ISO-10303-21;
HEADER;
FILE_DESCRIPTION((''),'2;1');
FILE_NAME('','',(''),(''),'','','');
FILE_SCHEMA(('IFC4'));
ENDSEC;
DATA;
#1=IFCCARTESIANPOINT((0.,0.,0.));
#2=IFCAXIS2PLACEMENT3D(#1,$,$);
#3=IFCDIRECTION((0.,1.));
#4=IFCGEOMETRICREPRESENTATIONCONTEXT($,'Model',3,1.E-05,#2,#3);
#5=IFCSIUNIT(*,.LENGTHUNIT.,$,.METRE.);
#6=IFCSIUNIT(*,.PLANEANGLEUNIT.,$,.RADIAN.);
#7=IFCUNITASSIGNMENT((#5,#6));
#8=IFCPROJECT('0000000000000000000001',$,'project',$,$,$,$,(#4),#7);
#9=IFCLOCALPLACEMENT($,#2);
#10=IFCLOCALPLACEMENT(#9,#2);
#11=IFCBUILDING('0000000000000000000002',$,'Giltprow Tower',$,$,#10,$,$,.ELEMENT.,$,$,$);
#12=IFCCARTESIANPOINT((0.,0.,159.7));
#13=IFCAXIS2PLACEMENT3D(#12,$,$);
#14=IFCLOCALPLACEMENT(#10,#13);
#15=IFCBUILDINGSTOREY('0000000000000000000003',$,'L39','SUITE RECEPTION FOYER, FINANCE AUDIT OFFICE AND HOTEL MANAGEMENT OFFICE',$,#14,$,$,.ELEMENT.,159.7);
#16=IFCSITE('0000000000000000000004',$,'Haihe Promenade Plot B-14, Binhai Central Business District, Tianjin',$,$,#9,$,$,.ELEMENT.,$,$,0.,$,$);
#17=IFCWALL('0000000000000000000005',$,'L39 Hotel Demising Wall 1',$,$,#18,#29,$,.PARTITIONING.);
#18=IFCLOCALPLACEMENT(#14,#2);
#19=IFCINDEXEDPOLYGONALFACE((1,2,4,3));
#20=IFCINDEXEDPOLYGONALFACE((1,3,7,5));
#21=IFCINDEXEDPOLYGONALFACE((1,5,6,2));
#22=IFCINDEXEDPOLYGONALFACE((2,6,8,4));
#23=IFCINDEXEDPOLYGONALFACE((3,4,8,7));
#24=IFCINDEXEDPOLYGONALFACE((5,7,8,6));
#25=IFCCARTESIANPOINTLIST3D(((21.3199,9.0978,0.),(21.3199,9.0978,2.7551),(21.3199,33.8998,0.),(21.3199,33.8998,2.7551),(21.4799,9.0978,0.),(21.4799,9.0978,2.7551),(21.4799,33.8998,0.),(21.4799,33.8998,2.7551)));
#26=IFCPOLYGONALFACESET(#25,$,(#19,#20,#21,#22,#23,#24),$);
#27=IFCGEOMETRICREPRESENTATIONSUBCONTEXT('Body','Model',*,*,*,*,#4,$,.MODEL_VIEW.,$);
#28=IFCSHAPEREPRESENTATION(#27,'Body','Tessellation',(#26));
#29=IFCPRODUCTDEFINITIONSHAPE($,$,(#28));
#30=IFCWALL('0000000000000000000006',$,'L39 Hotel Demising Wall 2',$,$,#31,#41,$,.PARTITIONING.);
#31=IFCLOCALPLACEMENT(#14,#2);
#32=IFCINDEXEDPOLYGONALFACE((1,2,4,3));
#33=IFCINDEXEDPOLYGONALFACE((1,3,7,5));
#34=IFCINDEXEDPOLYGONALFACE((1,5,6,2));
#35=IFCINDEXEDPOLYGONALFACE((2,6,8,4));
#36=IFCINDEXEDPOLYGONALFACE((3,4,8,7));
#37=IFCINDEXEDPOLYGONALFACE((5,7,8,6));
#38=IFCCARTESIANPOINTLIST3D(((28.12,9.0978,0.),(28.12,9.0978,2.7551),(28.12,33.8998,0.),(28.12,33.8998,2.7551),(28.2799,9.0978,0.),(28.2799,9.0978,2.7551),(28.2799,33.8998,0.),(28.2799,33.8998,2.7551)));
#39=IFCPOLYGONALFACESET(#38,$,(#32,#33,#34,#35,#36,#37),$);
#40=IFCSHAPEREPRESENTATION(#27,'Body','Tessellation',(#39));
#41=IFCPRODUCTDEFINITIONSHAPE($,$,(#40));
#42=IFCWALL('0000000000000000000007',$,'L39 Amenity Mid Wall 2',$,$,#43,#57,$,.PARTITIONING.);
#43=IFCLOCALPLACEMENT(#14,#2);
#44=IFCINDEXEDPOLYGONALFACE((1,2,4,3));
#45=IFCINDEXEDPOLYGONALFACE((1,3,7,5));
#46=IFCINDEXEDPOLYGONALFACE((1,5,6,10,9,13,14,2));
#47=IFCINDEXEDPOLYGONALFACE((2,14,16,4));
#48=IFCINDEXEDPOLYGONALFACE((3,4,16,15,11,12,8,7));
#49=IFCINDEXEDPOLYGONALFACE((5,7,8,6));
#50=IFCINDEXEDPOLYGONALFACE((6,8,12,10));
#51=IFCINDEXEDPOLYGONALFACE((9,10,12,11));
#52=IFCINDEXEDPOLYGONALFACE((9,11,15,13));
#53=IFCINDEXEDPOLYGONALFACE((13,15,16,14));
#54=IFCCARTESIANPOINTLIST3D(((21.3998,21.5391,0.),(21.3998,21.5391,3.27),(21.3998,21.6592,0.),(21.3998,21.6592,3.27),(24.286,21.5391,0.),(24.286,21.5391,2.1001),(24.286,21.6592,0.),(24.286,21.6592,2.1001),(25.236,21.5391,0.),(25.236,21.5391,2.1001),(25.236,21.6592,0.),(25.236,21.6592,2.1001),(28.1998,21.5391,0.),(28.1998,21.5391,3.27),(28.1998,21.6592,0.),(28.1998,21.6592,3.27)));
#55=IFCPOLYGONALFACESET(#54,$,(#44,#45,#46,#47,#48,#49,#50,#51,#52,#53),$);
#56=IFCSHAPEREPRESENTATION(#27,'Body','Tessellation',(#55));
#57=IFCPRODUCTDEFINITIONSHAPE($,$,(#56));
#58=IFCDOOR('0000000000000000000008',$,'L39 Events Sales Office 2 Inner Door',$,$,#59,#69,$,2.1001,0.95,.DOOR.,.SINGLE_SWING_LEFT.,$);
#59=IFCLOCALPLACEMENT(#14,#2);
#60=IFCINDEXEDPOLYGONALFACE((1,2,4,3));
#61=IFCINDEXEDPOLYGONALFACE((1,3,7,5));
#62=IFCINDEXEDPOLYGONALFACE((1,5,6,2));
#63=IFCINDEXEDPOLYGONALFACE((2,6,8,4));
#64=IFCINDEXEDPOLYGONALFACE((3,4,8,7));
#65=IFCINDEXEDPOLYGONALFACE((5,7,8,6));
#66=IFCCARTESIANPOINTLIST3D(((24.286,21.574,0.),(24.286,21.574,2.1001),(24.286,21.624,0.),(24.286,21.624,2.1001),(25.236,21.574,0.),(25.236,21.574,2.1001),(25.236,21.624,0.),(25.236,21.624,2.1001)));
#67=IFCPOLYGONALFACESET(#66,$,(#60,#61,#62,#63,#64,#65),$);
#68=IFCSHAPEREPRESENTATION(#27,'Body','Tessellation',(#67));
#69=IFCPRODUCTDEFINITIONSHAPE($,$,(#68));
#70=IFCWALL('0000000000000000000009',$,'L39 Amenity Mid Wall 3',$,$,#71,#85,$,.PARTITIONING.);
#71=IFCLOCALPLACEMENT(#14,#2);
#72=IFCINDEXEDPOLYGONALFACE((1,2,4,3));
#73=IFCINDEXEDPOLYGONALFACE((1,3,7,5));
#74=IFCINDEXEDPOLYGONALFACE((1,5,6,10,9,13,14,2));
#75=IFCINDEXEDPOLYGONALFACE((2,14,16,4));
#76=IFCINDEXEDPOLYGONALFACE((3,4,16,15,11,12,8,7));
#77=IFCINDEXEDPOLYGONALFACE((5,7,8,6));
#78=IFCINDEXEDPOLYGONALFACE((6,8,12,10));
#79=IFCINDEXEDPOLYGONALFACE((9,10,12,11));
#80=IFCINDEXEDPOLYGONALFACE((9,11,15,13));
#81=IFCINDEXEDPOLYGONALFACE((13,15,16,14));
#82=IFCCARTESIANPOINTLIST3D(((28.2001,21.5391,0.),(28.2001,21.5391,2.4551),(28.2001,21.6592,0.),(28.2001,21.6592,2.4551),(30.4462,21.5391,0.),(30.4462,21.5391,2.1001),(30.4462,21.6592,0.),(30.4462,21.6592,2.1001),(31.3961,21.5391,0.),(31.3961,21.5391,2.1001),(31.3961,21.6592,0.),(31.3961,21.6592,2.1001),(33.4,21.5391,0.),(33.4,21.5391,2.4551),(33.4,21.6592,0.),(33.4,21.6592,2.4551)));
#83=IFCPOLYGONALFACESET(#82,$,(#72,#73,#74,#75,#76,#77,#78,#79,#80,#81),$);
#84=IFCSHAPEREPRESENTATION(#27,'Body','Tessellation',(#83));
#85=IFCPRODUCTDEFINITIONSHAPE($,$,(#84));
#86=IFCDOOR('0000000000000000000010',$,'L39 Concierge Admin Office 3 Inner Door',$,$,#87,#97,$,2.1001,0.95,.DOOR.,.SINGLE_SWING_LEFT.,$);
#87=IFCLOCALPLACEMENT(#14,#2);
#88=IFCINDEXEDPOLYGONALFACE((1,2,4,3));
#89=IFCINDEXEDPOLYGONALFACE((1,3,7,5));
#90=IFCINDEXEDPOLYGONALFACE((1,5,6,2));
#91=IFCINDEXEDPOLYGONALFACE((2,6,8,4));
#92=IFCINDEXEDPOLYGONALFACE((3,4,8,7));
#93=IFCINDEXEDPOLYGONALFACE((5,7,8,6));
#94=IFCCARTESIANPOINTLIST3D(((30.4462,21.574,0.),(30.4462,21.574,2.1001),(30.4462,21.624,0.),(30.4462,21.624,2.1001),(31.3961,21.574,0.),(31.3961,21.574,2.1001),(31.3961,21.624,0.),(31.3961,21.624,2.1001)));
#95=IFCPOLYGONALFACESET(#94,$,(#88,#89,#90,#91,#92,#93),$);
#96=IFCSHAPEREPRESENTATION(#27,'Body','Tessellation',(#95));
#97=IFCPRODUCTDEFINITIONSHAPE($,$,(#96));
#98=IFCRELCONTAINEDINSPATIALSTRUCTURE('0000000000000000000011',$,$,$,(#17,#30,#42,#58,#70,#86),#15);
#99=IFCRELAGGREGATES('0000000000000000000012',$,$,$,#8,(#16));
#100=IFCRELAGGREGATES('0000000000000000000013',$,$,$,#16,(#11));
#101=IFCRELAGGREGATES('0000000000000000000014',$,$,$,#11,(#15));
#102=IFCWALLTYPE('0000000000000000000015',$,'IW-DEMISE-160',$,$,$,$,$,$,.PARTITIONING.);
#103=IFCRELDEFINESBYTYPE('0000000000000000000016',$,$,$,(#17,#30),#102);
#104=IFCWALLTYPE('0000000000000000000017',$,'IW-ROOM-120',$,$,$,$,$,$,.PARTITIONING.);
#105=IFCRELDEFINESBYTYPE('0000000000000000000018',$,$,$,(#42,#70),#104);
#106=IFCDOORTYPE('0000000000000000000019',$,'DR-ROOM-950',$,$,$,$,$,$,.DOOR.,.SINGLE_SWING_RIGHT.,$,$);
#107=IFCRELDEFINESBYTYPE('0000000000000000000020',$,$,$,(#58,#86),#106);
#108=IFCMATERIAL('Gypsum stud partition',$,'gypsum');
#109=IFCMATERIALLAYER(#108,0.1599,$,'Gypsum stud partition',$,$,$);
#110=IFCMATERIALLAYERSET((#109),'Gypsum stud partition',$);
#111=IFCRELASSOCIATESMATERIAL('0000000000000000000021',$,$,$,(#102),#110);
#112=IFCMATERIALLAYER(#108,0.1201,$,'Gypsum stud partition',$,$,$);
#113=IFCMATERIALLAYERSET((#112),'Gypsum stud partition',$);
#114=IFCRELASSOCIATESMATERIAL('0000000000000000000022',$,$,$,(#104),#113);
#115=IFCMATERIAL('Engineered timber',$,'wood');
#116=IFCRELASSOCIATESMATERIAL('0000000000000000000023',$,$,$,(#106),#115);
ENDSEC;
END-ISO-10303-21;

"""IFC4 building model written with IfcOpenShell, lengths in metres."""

from ifc_helpers import new_model, si_unit, direction, frame, frame_2d, origin, place, context, subcontext, project, spatial, rectangle, extrude, source, transform, mapped, material, layer, layer_set, type_object, element, fill, save


model = new_model("IFC4")

# Units and contexts
model_context = context("Model", 3, precision=1e-05, world=origin(), true_north=direction((0.0, 1.0)))
body_context = subcontext(model_context, "Body", "Model", "MODEL_VIEW")
ifc_project = project(units=[si_unit("LENGTHUNIT", "METRE"), si_unit("PLANEANGLEUNIT", "RADIAN")], contexts=[model_context])

# Site, building, storey
site_placement = place(None, origin())
site = spatial("IfcSite", under=ifc_project, at=site_placement, Name="Haihe Promenade Plot B-14, Binhai Central Business District, Tianjin", CompositionType="ELEMENT", RefElevation=0.0)
building_placement = place(site_placement, origin())
building = spatial("IfcBuilding", under=site, at=building_placement, Name="Giltprow Tower", CompositionType="ELEMENT")
storey_placement = place(building_placement, frame((0.0, 0.0, 159.7)))
storey = spatial("IfcBuildingStorey", under=building, at=storey_placement, Name="L39", Description="SUITE RECEPTION FOYER, FINANCE AUDIT OFFICE AND HOTEL MANAGEMENT OFFICE", CompositionType="ELEMENT", Elevation=159.7)

# Walls
ifc_material_1 = material(Name="Gypsum stud partition", Category="gypsum")
ifc_layer_1 = layer(ifc_material_1, 0.1599, Name="Gypsum stud partition")
ifc_layer_set_1 = layer_set([ifc_layer_1], Name="Gypsum stud partition")
wall_type_1 = type_object("IfcWallType", Name="IW-DEMISE-160", PredefinedType="PARTITIONING", material=ifc_layer_set_1)
for number, where, z_axis, x_axis, name in (
    (1, (21.3999, 9.0979, 0.0), (0.0, 0.0, 1.0), (0.0, 1.0, 0.0), "L39 Hotel Demising Wall 1"),
    (2, (28.2, 9.0979, 0.0), (0.0, 0.0, 1.0), (0.0, 1.0, 0.0), "L39 Hotel Demising Wall 2"),
):
    element("IfcWall", number, at=place(storey_placement, frame(where, z_axis=z_axis, x_axis=x_axis)), inside=storey, type_object=wall_type_1, Name=name, PredefinedType="PARTITIONING", context=body_context, shape_type="SweptSolid", body=[
        extrude(rectangle(XDim=24.802, YDim=0.1599, at=frame_2d((12.4009, 0.0))), origin(), (0.0, 0.0, 1.0), 2.7551),
    ])

# Walls, openings, doors
ifc_layer_2 = layer(ifc_material_1, 0.1201, Name="Gypsum stud partition")
ifc_layer_set_2 = layer_set([ifc_layer_2], Name="Gypsum stud partition")
wall_type_2 = type_object("IfcWallType", Name="IW-ROOM-120", PredefinedType="PARTITIONING", material=ifc_layer_set_2)
wall_1_placement = place(storey_placement, frame((21.3999, 21.5991, 0.0), z_axis=(0.0, 0.0, 1.0), x_axis=(1.0, 0.0, 0.0)))
wall_1 = element("IfcWall", 3, at=wall_1_placement, inside=storey, type_object=wall_type_2, Name="L39 Amenity Mid Wall 2", PredefinedType="PARTITIONING", context=body_context, shape_type="SweptSolid", body=[
    extrude(rectangle(XDim=6.8, YDim=0.1201, at=frame_2d((3.3999, 0.0))), origin(), (0.0, 0.0, 1.0), 3.27),
])
opening_1_placement = place(wall_1_placement, frame((2.886, 0.0, 0.0)))
opening_1 = element("IfcOpeningElement", 4, at=opening_1_placement, cuts=wall_1, PredefinedType="OPENING", context=body_context, shape_type="SweptSolid", body=[
    extrude(rectangle(XDim=0.95, YDim=2.1001, at=frame_2d((0.4751, 1.05))), frame((0.0, 0.0701, 0.0), z_axis=(0.0, -1.0, 0.0), x_axis=(1.0, 0.0, 0.0)), (0.0, 0.0, 1.0), 0.1401),
])
ifc_material_2 = material(Name="Engineered timber", Category="wood")
door_type_1 = type_object("IfcDoorType", Name="DR-ROOM-950", OperationType="SINGLE_SWING_RIGHT", PredefinedType="DOOR", material=ifc_material_2)
shared_shape_1 = source(origin(), body_context, "Body", "SweptSolid", [
    extrude(rectangle(XDim=0.95, YDim=2.1001, at=frame_2d((0.4751, 1.05))), frame((0.0, 0.0249, 0.0), z_axis=(0.0, -1.0, 0.0), x_axis=(1.0, 0.0, 0.0)), (0.0, 0.0, 1.0), 0.05),
])
door_1_placement = place(opening_1_placement, origin())
door_1 = element("IfcDoor", 5, at=door_1_placement, inside=storey, type_object=door_type_1, Name="L39 Events Sales Office 2 Inner Door", OperationType="SINGLE_SWING_LEFT", OverallHeight=2.1001, OverallWidth=0.95, PredefinedType="DOOR", context=body_context, shape_type="MappedRepresentation", body=[
    mapped(shared_shape_1, transform((0.0, 0.0, 0.0), x_axis=(1.0, 0.0, 0.0), y_axis=(0.0, 1.0, 0.0), z_axis=(0.0, 0.0, 1.0), scale=1.0)),
])
fill(opening_1, door_1)
wall_2_placement = place(storey_placement, frame((28.2, 21.5991, 0.0), z_axis=(0.0, 0.0, 1.0), x_axis=(1.0, 0.0, 0.0)))
wall_2 = element("IfcWall", 6, at=wall_2_placement, inside=storey, type_object=wall_type_2, Name="L39 Amenity Mid Wall 3", PredefinedType="PARTITIONING", context=body_context, shape_type="SweptSolid", body=[
    extrude(rectangle(XDim=5.2, YDim=0.1201, at=frame_2d((2.6001, 0.0))), origin(), (0.0, 0.0, 1.0), 2.4551),
])
opening_2_placement = place(wall_2_placement, frame((2.2461, 0.0, 0.0)))
opening_2 = element("IfcOpeningElement", 7, at=opening_2_placement, cuts=wall_2, PredefinedType="OPENING", context=body_context, shape_type="SweptSolid", body=[
    extrude(rectangle(XDim=0.95, YDim=2.1001, at=frame_2d((0.4751, 1.05))), frame((0.0, 0.0701, 0.0), z_axis=(0.0, -1.0, 0.0), x_axis=(1.0, 0.0, 0.0)), (0.0, 0.0, 1.0), 0.1401),
])
door_2_placement = place(opening_2_placement, origin())
door_2 = element("IfcDoor", 8, at=door_2_placement, inside=storey, type_object=door_type_1, Name="L39 Concierge Admin Office 3 Inner Door", OperationType="SINGLE_SWING_LEFT", OverallHeight=2.1001, OverallWidth=0.95, PredefinedType="DOOR", context=body_context, shape_type="MappedRepresentation", body=[
    mapped(shared_shape_1, transform((0.0, 0.0, 0.0), x_axis=(1.0, 0.0, 0.0), y_axis=(0.0, 1.0, 0.0), z_axis=(0.0, 0.0, 1.0), scale=1.0)),
])
fill(opening_2, door_2)

save(model, "model.ifc")
